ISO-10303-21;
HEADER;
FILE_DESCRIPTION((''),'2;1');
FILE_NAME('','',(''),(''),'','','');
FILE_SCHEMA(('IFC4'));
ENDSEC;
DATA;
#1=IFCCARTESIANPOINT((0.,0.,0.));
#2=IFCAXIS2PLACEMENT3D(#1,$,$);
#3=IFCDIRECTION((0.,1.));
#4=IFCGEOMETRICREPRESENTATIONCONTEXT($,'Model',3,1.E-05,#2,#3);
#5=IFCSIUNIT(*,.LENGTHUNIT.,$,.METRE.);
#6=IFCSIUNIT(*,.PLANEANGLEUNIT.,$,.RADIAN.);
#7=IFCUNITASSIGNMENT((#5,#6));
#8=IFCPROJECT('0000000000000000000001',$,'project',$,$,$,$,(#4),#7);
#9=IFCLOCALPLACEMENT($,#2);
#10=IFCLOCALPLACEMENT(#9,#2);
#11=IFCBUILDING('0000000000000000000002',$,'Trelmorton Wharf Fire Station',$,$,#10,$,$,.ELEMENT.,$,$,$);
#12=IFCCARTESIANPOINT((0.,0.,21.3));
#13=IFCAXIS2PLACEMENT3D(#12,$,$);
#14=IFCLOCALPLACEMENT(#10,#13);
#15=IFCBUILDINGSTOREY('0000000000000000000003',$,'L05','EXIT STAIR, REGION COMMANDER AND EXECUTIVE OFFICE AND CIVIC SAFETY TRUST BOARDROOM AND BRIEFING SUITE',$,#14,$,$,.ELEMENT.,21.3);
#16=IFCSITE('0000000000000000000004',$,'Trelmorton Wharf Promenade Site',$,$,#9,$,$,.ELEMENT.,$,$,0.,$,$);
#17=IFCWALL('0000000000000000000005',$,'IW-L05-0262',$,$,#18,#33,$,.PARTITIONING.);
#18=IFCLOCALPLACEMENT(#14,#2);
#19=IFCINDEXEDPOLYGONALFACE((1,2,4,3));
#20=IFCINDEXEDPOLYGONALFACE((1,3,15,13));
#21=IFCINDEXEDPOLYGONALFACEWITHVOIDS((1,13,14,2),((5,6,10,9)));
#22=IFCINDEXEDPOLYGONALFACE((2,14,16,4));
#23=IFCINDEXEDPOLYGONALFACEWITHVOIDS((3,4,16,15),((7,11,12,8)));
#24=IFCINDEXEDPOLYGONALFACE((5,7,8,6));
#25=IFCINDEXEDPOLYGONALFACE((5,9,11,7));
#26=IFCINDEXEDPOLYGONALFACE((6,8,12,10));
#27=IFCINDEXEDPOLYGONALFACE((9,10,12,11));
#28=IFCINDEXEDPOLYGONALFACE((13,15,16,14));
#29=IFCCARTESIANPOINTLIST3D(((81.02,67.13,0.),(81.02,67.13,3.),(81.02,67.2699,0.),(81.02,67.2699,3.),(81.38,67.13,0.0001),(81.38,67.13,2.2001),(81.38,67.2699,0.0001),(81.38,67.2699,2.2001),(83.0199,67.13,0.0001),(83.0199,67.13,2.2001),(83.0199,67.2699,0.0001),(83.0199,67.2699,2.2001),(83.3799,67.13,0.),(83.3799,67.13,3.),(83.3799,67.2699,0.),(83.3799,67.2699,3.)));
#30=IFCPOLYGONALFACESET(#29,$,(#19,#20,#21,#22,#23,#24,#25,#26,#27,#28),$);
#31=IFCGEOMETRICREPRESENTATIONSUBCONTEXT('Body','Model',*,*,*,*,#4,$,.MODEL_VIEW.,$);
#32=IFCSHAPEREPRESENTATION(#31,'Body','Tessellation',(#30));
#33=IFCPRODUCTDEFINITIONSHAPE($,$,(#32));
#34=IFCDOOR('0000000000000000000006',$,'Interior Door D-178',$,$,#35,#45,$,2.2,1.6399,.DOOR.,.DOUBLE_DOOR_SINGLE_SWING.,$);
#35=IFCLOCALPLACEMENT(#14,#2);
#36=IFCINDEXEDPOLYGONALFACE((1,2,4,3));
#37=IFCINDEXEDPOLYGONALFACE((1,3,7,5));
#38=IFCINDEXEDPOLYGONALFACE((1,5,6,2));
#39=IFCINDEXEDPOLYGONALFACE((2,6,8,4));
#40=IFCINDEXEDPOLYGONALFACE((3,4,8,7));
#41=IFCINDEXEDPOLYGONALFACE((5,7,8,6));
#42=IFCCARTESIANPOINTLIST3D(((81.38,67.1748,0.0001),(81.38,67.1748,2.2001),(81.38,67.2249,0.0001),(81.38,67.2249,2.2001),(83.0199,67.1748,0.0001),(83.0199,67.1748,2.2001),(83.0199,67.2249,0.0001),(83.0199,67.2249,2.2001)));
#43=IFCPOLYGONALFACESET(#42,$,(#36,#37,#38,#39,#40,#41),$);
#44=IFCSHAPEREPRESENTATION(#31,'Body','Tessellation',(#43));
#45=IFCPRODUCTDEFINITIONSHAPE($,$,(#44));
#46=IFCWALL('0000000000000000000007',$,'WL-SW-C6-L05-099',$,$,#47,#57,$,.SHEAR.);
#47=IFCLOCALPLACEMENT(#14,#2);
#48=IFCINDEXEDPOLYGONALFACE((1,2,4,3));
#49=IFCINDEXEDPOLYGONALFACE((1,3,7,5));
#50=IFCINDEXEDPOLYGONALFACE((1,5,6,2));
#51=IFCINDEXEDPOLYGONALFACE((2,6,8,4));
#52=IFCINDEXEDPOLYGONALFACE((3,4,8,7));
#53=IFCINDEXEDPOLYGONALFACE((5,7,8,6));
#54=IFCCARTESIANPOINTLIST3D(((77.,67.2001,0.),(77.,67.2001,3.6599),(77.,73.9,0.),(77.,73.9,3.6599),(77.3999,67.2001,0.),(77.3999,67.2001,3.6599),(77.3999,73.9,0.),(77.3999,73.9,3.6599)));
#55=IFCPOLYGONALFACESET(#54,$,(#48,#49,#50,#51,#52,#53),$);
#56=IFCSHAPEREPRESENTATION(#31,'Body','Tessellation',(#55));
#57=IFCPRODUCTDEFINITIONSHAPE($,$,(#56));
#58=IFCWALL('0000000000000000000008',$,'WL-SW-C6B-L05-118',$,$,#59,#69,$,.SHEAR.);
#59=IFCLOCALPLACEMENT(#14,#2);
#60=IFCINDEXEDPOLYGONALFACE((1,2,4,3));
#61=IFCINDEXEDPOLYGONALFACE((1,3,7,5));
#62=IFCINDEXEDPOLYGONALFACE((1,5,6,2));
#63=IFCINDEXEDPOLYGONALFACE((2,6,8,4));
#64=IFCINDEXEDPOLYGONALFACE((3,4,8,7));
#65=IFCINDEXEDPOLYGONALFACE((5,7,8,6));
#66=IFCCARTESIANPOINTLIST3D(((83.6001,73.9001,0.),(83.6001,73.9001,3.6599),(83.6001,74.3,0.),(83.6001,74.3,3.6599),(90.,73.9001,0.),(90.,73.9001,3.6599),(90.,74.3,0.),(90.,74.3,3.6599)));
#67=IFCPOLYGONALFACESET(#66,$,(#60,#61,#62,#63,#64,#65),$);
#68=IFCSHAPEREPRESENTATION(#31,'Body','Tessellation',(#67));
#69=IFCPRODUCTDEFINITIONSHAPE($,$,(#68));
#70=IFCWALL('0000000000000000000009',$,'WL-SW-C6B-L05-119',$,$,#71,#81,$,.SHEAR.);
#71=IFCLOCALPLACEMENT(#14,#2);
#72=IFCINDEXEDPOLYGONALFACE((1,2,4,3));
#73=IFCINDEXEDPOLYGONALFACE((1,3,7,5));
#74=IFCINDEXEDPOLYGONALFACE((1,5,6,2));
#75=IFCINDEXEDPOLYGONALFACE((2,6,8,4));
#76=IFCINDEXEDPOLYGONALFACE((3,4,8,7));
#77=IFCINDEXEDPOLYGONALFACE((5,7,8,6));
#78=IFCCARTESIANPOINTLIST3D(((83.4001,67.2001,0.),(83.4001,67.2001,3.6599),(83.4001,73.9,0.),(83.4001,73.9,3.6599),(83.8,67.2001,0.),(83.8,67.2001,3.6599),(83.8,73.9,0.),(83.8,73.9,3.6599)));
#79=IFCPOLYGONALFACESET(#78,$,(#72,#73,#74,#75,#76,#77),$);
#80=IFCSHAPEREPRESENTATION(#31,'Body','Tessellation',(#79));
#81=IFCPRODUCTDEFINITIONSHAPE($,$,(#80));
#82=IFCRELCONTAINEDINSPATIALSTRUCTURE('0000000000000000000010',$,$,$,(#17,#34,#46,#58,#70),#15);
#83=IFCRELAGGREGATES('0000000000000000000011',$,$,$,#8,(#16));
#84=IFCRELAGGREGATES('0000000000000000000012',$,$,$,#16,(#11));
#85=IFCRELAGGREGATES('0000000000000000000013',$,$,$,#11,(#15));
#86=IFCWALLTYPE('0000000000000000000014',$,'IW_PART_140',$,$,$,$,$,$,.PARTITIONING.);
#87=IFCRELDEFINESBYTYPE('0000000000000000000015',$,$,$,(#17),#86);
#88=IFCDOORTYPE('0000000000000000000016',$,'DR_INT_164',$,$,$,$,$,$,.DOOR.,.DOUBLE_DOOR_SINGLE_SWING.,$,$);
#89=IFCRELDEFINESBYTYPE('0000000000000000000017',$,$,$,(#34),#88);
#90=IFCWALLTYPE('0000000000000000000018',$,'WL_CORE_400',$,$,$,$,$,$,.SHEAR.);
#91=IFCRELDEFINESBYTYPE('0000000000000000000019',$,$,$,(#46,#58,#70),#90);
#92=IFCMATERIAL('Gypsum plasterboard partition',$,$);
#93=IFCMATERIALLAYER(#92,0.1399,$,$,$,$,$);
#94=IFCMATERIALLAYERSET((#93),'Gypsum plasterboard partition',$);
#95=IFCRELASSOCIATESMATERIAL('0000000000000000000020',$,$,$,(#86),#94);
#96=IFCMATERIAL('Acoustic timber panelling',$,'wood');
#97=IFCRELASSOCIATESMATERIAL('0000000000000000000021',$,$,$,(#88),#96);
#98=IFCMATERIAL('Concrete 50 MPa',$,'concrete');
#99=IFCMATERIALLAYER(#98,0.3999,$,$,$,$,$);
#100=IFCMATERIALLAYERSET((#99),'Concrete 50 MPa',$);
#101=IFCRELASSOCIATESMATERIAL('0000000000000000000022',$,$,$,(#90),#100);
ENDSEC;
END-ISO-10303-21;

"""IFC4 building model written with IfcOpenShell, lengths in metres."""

from ifc_helpers import new_model, si_unit, direction, frame, frame_2d, origin, place, context, subcontext, project, spatial, rectangle, extrude, material, layer, layer_set, type_object, element, fill, save


model = new_model("IFC4")

# Units and contexts
model_context = context("Model", 3, precision=1e-05, world=origin(), true_north=direction((0.0, 1.0)))
body_context = subcontext(model_context, "Body", "Model", "MODEL_VIEW")
ifc_project = project(units=[si_unit("LENGTHUNIT", "METRE"), si_unit("PLANEANGLEUNIT", "RADIAN")], contexts=[model_context])

# Site, building, storey
site_placement = place(None, origin())
site = spatial("IfcSite", under=ifc_project, at=site_placement, Name="Trelmorton Wharf Promenade Site", CompositionType="ELEMENT", RefElevation=0.0)
building_placement = place(site_placement, origin())
building = spatial("IfcBuilding", under=site, at=building_placement, Name="Trelmorton Wharf Fire Station", CompositionType="ELEMENT")
storey_placement = place(building_placement, frame((0.0, 0.0, 21.3)))
storey = spatial("IfcBuildingStorey", under=building, at=storey_placement, Name="L05", Description="EXIT STAIR, REGION COMMANDER AND EXECUTIVE OFFICE AND CIVIC SAFETY TRUST BOARDROOM AND BRIEFING SUITE", CompositionType="ELEMENT", Elevation=21.3)

# Shared definitions
ifc_material_1 = material(Name="Gypsum plasterboard partition")
ifc_material_2 = material(Name="Acoustic timber panelling", Category="wood")

# Wall, opening, door
ifc_layer_1 = layer(ifc_material_1, 0.1399)
ifc_layer_set_1 = layer_set([ifc_layer_1], Name="Gypsum plasterboard partition")
wall_type_1 = type_object("IfcWallType", Name="IW_PART_140", PredefinedType="PARTITIONING", material=ifc_layer_set_1)
wall_1_placement = place(storey_placement, frame((81.02, 67.2, 0.0), z_axis=(0.0, 0.0, 1.0), x_axis=(1.0, 0.0, 0.0)))
wall_1 = element("IfcWall", 1, at=wall_1_placement, inside=storey, type_object=wall_type_1, Name="IW-L05-0262", PredefinedType="PARTITIONING", context=body_context, shape_type="SweptSolid", body=[
    extrude(rectangle(XDim=2.3599, YDim=0.1399, at=frame_2d((1.1799, 0.0))), origin(), (0.0, 0.0, 1.0), 3.0),
])
opening_1_placement = place(wall_1_placement, frame((0.3601, 0.0, 0.0)))
opening_1 = element("IfcOpeningElement", 2, at=opening_1_placement, cuts=wall_1, PredefinedType="OPENING", context=body_context, shape_type="SweptSolid", body=[
    extrude(rectangle(XDim=1.6399, YDim=2.2, at=frame_2d((0.8198, 1.1001))), frame((0.0, 0.0801, 0.0), z_axis=(0.0, -1.0, 0.0), x_axis=(1.0, 0.0, 0.0)), (0.0, 0.0, 1.0), 0.1599),
])
door_type_1 = type_object("IfcDoorType", Name="DR_INT_164", OperationType="DOUBLE_DOOR_SINGLE_SWING", PredefinedType="DOOR", material=ifc_material_2)
door_1_placement = place(opening_1_placement, origin())
door_1 = element("IfcDoor", 3, at=door_1_placement, inside=storey, type_object=door_type_1, Name="Interior Door D-178", OperationType="DOUBLE_DOOR_SINGLE_SWING", OverallHeight=2.2, OverallWidth=1.6399, PredefinedType="DOOR", context=body_context, shape_type="SweptSolid", body=[
    extrude(rectangle(XDim=1.6399, YDim=2.2, at=frame_2d((0.8198, 1.1001))), frame((0.0, 0.0249, 0.0), z_axis=(0.0, -1.0, 0.0), x_axis=(1.0, 0.0, 0.0)), (0.0, 0.0, 1.0), 0.05),
])
fill(opening_1, door_1)

# Walls
ifc_material_3 = material(Name="Concrete 50 MPa", Category="concrete")
ifc_layer_2 = layer(ifc_material_3, 0.3999)
ifc_layer_set_2 = layer_set([ifc_layer_2], Name="Concrete 50 MPa")
wall_type_2 = type_object("IfcWallType", Name="WL_CORE_400", PredefinedType="SHEAR", material=ifc_layer_set_2)
wall_2_placement = place(storey_placement, frame((77.2, 67.2, 0.0), z_axis=(0.0, 0.0, 1.0), x_axis=(0.0, 1.0, 0.0)))
element("IfcWall", 4, at=wall_2_placement, inside=storey, type_object=wall_type_2, Name="WL-SW-C6-L05-099", PredefinedType="SHEAR", context=body_context, shape_type="SweptSolid", body=[
    extrude(rectangle(XDim=6.7, YDim=0.3999, at=frame_2d((3.3501, 0.0))), origin(), (0.0, 0.0, 1.0), 3.6599),
])
wall_3_placement = place(storey_placement, frame((83.6001, 74.1001, 0.0), z_axis=(0.0, 0.0, 1.0), x_axis=(1.0, 0.0, 0.0)))
element("IfcWall", 5, at=wall_3_placement, inside=storey, type_object=wall_type_2, Name="WL-SW-C6B-L05-118", PredefinedType="SHEAR", context=body_context, shape_type="SweptSolid", body=[
    extrude(rectangle(XDim=6.3999, YDim=0.3999, at=frame_2d((3.2, 0.0))), origin(), (0.0, 0.0, 1.0), 3.6599),
])
wall_4_placement = place(storey_placement, frame((83.6001, 67.2, 0.0), z_axis=(0.0, 0.0, 1.0), x_axis=(0.0, 1.0, 0.0)))
element("IfcWall", 6, at=wall_4_placement, inside=storey, type_object=wall_type_2, Name="WL-SW-C6B-L05-119", PredefinedType="SHEAR", context=body_context, shape_type="SweptSolid", body=[
    extrude(rectangle(XDim=6.7, YDim=0.3999, at=frame_2d((3.3501, 0.0))), origin(), (0.0, 0.0, 1.0), 3.6599),
])

save(model, "model.ifc")
